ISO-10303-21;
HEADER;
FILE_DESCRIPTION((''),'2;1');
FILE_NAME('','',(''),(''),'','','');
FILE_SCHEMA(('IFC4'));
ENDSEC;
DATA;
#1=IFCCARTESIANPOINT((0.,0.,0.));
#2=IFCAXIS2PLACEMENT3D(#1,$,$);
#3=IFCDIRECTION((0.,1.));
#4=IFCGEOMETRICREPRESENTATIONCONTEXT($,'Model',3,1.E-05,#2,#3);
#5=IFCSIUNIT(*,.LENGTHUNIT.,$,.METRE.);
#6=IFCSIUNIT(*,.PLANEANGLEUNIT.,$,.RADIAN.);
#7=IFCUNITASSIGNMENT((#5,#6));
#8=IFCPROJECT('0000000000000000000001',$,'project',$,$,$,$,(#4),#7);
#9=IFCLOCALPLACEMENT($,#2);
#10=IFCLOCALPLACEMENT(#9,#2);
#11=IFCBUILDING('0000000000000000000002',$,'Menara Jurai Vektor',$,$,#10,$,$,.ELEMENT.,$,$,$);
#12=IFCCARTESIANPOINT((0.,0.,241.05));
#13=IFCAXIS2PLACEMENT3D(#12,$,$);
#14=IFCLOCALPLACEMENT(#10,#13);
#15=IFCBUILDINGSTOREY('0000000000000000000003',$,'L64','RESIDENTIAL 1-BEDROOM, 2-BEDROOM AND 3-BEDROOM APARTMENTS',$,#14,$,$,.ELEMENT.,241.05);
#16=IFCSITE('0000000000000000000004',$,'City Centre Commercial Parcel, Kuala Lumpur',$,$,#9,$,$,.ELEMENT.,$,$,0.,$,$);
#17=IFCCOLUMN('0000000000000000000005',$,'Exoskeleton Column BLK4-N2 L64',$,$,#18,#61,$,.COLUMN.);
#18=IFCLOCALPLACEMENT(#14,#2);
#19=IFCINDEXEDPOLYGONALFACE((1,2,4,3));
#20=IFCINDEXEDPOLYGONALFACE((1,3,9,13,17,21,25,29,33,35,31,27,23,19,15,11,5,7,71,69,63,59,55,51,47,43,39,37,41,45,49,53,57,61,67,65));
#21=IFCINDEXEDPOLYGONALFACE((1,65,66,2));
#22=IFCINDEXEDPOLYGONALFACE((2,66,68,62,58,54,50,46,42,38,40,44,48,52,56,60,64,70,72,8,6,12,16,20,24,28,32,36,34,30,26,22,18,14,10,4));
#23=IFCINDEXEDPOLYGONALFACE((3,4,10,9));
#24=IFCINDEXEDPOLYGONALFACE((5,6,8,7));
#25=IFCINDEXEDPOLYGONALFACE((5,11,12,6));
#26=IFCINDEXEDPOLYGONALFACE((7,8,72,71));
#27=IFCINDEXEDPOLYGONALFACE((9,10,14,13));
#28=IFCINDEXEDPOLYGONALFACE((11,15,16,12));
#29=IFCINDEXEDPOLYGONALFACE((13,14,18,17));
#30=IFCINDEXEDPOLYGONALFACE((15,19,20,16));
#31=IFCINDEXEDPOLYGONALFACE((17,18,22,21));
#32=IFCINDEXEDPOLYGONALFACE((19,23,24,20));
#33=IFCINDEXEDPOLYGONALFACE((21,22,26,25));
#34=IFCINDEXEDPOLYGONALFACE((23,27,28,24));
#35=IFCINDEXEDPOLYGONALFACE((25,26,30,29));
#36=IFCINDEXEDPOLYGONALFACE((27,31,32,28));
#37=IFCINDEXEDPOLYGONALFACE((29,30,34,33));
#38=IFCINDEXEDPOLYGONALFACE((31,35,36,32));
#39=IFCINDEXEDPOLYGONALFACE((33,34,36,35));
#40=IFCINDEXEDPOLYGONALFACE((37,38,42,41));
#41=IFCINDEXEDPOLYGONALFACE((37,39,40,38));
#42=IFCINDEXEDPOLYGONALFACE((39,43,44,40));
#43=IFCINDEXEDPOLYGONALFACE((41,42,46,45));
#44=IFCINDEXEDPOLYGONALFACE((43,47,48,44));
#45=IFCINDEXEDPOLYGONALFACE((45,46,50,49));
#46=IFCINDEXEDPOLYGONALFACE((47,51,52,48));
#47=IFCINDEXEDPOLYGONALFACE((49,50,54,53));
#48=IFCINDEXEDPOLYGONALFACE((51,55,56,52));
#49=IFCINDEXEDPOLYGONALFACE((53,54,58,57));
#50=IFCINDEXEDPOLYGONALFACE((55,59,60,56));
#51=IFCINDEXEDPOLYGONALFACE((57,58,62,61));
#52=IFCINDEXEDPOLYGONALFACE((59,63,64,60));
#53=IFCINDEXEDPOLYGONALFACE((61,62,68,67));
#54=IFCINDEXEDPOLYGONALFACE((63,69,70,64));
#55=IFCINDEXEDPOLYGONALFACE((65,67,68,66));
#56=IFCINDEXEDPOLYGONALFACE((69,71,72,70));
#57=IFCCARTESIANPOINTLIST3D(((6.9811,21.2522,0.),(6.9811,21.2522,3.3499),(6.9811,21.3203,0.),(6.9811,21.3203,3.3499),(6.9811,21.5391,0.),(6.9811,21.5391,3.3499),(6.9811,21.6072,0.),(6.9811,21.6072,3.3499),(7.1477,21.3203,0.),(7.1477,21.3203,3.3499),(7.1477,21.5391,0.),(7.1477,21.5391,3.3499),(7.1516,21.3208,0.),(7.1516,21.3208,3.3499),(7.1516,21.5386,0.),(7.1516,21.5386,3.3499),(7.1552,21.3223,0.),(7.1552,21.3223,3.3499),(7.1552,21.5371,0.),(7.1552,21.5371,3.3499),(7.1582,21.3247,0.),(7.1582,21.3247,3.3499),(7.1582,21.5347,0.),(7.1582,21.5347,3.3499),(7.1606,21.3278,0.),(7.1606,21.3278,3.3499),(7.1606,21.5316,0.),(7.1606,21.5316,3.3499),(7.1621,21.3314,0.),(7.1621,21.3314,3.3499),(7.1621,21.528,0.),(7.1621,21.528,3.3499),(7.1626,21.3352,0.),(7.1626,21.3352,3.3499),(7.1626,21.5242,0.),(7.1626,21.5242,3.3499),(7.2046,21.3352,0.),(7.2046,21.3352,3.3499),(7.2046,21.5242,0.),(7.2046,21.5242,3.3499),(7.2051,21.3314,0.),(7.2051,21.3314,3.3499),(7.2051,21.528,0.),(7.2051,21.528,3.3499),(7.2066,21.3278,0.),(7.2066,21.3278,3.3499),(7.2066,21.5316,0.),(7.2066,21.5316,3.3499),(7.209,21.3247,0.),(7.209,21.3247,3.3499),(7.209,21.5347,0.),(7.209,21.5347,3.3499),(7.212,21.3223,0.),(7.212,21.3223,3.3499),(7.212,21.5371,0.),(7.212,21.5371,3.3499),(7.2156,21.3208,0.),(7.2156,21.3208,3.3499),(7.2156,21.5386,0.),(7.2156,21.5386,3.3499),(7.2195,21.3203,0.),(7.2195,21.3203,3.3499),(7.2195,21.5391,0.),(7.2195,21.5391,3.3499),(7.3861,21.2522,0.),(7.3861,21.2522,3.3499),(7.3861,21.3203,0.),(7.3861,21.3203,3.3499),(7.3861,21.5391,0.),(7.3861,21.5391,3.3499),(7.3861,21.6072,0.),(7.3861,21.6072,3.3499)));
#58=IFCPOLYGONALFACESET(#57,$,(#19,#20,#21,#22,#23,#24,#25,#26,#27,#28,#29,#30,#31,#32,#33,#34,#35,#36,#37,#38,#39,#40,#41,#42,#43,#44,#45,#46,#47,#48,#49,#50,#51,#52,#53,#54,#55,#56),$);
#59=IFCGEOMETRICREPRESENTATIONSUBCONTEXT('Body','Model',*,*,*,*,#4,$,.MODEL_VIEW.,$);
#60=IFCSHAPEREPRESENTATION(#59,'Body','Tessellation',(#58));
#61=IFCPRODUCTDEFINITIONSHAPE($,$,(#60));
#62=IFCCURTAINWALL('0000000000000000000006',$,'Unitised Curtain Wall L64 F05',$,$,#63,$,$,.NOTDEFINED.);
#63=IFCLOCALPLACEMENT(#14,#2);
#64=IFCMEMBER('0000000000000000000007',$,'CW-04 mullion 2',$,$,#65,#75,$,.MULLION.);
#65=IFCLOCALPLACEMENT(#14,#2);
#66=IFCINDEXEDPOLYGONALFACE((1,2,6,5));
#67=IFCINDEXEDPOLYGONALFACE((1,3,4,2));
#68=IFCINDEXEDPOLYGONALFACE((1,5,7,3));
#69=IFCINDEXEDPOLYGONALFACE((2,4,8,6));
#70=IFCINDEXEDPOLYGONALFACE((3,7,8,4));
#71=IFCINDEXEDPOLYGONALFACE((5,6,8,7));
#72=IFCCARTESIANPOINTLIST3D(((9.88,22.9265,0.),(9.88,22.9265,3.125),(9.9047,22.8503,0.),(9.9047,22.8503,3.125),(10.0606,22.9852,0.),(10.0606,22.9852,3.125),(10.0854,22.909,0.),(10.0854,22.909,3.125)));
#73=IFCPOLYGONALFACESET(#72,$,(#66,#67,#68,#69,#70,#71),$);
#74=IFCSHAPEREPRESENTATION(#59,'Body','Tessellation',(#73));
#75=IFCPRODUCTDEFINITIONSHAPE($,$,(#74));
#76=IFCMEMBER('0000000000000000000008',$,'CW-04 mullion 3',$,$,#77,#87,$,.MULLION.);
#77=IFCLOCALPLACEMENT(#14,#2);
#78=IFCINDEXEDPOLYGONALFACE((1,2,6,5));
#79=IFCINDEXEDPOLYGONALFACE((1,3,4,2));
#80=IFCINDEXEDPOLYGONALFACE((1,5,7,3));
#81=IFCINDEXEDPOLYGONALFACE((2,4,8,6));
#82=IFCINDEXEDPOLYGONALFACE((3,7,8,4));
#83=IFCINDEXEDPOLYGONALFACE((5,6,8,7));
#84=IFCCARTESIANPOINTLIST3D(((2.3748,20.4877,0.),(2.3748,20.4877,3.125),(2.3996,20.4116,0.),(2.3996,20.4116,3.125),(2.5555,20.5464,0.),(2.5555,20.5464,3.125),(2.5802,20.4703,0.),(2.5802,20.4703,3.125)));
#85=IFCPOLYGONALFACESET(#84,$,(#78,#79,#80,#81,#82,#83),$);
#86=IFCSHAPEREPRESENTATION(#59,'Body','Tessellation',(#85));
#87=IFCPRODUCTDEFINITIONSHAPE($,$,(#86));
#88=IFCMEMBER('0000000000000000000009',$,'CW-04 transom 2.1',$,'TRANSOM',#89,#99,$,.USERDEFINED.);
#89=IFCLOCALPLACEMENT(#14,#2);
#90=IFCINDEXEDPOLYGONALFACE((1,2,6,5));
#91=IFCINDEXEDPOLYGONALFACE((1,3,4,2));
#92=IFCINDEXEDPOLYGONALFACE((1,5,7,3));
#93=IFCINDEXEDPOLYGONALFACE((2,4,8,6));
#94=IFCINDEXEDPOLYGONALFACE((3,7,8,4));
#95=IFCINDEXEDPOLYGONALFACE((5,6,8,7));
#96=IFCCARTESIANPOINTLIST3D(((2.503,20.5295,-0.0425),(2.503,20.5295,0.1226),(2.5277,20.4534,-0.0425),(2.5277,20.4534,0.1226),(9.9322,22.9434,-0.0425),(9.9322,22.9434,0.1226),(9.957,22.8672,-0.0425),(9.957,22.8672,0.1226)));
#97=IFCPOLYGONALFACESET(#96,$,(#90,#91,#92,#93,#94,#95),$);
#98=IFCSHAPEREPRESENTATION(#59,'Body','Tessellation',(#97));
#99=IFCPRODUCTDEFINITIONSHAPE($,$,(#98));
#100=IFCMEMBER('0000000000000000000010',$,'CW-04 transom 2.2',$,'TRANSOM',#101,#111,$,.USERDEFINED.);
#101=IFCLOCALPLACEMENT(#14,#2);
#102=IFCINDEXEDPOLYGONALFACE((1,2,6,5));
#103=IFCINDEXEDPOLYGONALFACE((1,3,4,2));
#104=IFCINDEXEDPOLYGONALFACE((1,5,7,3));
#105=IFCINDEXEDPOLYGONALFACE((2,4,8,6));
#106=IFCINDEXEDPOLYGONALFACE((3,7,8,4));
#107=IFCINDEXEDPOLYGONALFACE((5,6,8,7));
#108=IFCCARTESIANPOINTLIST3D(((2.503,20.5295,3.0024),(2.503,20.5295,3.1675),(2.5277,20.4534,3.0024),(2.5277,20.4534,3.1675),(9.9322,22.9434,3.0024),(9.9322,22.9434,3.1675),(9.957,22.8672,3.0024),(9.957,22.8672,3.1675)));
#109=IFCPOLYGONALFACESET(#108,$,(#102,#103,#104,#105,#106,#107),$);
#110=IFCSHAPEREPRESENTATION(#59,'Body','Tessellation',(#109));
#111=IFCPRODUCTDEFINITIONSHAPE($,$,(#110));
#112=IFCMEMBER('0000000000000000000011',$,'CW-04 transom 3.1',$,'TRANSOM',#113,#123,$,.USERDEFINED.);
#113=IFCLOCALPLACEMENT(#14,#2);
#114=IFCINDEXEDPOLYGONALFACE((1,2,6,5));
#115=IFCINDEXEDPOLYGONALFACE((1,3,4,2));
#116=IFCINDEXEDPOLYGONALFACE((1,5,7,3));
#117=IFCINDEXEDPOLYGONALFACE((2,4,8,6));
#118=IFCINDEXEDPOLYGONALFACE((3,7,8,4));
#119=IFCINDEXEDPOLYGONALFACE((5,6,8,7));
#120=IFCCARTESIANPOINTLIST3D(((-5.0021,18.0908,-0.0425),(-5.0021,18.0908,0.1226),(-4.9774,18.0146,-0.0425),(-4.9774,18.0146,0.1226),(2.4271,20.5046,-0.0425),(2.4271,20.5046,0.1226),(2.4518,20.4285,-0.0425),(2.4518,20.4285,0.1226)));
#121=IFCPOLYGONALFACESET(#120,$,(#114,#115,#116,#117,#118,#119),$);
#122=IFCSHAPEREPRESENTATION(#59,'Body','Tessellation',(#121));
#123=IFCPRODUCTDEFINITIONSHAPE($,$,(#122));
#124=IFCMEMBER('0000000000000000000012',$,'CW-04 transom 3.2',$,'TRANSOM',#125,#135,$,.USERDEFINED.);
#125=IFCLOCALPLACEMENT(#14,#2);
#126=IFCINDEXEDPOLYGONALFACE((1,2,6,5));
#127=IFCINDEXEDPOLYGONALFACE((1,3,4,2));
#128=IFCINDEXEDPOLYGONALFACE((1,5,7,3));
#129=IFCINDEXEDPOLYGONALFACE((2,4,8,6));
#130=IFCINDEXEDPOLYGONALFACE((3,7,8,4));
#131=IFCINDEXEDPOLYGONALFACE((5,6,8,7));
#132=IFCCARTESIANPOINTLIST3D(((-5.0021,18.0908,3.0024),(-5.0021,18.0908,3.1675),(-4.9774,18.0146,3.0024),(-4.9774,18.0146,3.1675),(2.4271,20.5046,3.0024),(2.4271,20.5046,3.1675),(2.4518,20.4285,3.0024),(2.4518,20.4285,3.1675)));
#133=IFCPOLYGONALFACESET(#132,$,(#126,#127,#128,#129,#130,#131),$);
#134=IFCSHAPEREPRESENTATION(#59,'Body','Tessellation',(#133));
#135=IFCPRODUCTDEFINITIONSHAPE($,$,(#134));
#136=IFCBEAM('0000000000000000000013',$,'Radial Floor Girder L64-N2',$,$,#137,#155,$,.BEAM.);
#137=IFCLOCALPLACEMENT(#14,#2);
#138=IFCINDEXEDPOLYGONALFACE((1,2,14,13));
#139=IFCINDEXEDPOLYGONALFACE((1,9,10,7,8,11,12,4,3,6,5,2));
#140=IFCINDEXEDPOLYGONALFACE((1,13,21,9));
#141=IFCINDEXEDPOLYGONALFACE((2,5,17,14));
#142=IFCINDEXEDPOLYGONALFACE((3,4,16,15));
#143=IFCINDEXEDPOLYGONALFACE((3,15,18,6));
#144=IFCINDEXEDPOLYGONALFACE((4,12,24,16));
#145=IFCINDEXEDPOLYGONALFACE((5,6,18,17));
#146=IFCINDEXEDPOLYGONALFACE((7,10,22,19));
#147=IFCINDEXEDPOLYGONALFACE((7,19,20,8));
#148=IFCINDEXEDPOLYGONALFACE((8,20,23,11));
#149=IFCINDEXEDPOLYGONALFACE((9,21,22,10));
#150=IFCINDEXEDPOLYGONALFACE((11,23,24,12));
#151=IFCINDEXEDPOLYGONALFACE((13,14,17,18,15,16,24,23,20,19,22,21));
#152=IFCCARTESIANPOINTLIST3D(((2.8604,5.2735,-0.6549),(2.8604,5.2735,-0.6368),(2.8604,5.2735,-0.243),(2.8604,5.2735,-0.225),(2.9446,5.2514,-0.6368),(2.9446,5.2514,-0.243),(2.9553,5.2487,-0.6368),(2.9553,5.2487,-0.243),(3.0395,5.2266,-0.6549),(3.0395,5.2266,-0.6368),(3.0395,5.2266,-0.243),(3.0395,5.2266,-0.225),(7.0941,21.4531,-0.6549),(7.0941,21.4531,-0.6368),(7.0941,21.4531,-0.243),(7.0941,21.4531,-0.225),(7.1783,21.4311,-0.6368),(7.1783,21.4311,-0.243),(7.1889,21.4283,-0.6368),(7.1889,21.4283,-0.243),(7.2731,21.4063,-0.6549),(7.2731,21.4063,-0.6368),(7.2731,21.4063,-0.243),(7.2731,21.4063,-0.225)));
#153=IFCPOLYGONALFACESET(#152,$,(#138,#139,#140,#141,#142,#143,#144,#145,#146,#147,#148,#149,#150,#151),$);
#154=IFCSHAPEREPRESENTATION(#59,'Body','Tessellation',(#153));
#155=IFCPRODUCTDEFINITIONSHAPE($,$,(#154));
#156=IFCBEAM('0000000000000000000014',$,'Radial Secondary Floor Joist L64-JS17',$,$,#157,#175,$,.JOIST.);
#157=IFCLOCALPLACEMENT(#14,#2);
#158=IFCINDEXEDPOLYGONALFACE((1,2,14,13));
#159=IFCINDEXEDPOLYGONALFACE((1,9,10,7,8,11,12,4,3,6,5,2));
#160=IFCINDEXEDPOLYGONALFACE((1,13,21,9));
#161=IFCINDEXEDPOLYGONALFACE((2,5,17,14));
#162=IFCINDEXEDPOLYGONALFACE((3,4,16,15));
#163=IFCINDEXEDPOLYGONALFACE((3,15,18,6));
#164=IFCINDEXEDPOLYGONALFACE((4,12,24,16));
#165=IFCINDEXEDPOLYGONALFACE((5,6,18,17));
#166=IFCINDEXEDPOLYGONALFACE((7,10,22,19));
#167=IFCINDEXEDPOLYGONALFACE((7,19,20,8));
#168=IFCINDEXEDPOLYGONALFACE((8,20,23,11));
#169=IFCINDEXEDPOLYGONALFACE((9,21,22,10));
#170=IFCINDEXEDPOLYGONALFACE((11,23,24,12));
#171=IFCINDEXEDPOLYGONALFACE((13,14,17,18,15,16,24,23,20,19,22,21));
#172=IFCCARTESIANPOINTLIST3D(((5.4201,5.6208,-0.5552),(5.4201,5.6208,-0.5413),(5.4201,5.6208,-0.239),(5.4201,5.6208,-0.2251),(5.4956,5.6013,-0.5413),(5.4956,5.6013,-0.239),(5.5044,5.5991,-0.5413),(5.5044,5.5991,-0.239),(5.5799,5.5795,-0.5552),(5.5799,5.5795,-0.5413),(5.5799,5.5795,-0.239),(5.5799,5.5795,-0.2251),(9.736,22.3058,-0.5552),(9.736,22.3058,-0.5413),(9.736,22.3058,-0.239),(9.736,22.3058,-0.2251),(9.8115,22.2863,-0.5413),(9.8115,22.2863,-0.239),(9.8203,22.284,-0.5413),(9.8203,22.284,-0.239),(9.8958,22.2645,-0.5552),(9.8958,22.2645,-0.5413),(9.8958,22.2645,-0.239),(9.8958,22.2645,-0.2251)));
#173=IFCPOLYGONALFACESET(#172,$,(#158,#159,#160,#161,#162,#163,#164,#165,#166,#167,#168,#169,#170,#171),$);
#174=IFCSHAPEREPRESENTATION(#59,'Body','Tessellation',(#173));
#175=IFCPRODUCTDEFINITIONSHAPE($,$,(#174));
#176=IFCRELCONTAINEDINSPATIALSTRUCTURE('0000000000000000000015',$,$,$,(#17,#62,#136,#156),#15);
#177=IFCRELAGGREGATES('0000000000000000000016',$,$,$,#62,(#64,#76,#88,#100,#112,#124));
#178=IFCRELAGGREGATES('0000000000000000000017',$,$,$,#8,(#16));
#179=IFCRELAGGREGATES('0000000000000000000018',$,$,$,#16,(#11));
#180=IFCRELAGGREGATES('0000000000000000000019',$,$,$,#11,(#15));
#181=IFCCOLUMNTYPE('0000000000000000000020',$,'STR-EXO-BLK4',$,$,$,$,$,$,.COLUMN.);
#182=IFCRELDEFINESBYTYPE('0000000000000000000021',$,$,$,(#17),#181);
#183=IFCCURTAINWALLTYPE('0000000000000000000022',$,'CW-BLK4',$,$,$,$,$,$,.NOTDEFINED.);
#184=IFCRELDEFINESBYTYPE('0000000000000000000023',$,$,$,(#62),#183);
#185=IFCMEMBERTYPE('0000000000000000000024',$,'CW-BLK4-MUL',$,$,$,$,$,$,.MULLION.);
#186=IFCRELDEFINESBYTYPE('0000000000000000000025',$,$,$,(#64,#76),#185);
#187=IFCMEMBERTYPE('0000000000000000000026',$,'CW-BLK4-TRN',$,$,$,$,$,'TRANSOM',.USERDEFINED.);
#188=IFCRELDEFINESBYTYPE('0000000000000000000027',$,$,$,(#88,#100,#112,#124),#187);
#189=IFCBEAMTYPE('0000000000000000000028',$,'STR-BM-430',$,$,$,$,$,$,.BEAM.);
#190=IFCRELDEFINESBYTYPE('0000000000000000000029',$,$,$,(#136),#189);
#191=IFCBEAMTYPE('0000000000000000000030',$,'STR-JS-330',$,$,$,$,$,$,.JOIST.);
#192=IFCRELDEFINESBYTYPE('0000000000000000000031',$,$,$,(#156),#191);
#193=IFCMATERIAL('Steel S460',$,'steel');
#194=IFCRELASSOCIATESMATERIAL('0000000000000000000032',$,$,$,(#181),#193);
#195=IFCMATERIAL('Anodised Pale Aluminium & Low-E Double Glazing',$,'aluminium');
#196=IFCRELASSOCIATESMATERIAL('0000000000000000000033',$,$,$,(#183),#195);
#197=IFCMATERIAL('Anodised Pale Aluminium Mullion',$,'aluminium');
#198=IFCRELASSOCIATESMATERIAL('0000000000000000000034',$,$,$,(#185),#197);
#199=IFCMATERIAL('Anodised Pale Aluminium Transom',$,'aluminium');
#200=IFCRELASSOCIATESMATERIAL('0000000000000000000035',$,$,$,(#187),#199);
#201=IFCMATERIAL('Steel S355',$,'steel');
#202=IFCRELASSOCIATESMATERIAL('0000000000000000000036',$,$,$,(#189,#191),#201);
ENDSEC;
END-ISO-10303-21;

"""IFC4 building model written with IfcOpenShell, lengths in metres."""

from ifc_helpers import new_model, si_unit, direction, frame, origin, origin_2d, place, context, subcontext, project, spatial, rectangle, i_section, extrude, material, material_profile, profile_set, type_object, element, aggregate, save


model = new_model("IFC4")

# Units and contexts
model_context = context("Model", 3, precision=1e-05, world=origin(), true_north=direction((0.0, 1.0)))
body_context = subcontext(model_context, "Body", "Model", "MODEL_VIEW")
ifc_project = project(units=[si_unit("LENGTHUNIT", "METRE"), si_unit("PLANEANGLEUNIT", "RADIAN")], contexts=[model_context])

# Site, building, storey
site_placement = place(None, origin())
site = spatial("IfcSite", under=ifc_project, at=site_placement, Name="City Centre Commercial Parcel, Kuala Lumpur", CompositionType="ELEMENT", RefElevation=0.0)
building_placement = place(site_placement, origin())
building = spatial("IfcBuilding", under=site, at=building_placement, Name="Menara Jurai Vektor", CompositionType="ELEMENT")
storey_placement = place(building_placement, frame((0.0, 0.0, 241.05)))
storey = spatial("IfcBuildingStorey", under=building, at=storey_placement, Name="L64", Description="RESIDENTIAL 1-BEDROOM, 2-BEDROOM AND 3-BEDROOM APARTMENTS", CompositionType="ELEMENT", Elevation=241.05)

# Column
ifc_material_1 = material(Name="Steel S460", Category="steel")
ifc_material_profile_1 = material_profile(ifc_material_1, i_section(OverallWidth=0.405, OverallDepth=0.355, WebThickness=0.042, FlangeThickness=0.0681, FilletRadius=0.0149, at=origin_2d()), Name="HD 400x551")
ifc_profile_set_1 = profile_set([ifc_material_profile_1], Name="Steel S460")
column_type = type_object("IfcColumnType", Name="STR-EXO-BLK4", PredefinedType="COLUMN", material=ifc_profile_set_1)
column_placement = place(storey_placement, frame((7.1836, 21.4297, 0.0), z_axis=(0.0, 0.0, 1.0), x_axis=(1.0, 0.0, 0.0)))
element("IfcColumn", 1, at=column_placement, inside=storey, type_object=column_type, Name="Exoskeleton Column BLK4-N2 L64", PredefinedType="COLUMN", context=body_context, shape_type="SweptSolid", body=[
    extrude(i_section(OverallWidth=0.405, OverallDepth=0.355, WebThickness=0.042, FlangeThickness=0.0681, FilletRadius=0.0149, at=origin_2d()), origin(), (0.0, 0.0, 1.0), 3.3499),
])

# Curtain wall, members
ifc_material_2 = material(Name="Anodised Pale Aluminium & Low-E Double Glazing", Category="aluminium")
curtain_wall_type = type_object("IfcCurtainWallType", Name="CW-BLK4", PredefinedType="NOTDEFINED", material=ifc_material_2)
curtain_wall_placement = place(storey_placement, origin())
curtain_wall = element("IfcCurtainWall", 2, at=curtain_wall_placement, inside=storey, type_object=curtain_wall_type, Name="Unitised Curtain Wall L64 F05", PredefinedType="NOTDEFINED")
ifc_material_3 = material(Name="Anodised Pale Aluminium Mullion", Category="aluminium")
ifc_material_profile_2 = material_profile(ifc_material_3, rectangle(XDim=0.0801, YDim=0.1899, at=origin_2d()), Name="ALU MUL 80x190")
ifc_profile_set_2 = profile_set([ifc_material_profile_2], Name="Anodised Pale Aluminium Mullion")
member_type_1 = type_object("IfcMemberType", Name="CW-BLK4-MUL", PredefinedType="MULLION", material=ifc_profile_set_2)
member_1_placement = place(storey_placement, frame((9.9827, 22.9177, 0.0), z_axis=(0.0, 0.0, 1.0), x_axis=(0.309017, -0.951056, 0.0)))
member_1 = element("IfcMember", 3, at=member_1_placement, type_object=member_type_1, Name="CW-04 mullion 2", PredefinedType="MULLION", context=body_context, shape_type="SweptSolid", body=[
    extrude(rectangle(XDim=0.0801, YDim=0.1899, at=origin_2d()), origin(), (0.0, 0.0, 1.0), 3.125),
])
member_2_placement = place(storey_placement, frame((2.4775, 20.479, 0.0), z_axis=(0.0, 0.0, 1.0), x_axis=(0.309017, -0.951056, 0.0)))
member_2 = element("IfcMember", 4, at=member_2_placement, type_object=member_type_1, Name="CW-04 mullion 3", PredefinedType="MULLION", context=body_context, shape_type="SweptSolid", body=[
    extrude(rectangle(XDim=0.0801, YDim=0.1899, at=origin_2d()), origin(), (0.0, 0.0, 1.0), 3.125),
])
ifc_material_4 = material(Name="Anodised Pale Aluminium Transom", Category="aluminium")
ifc_material_profile_3 = material_profile(ifc_material_4, rectangle(XDim=0.0801, YDim=0.165, at=origin_2d()), Name="ALU TRN 80x165")
ifc_profile_set_3 = profile_set([ifc_material_profile_3], Name="Anodised Pale Aluminium Transom")
member_type_2 = type_object("IfcMemberType", Name="CW-BLK4-TRN", ElementType="TRANSOM", PredefinedType="USERDEFINED", material=ifc_profile_set_3)
member_3_placement = place(storey_placement, frame((9.9446, 22.9053, 0.04), z_axis=(-0.951059, -0.309008, 0.0), x_axis=(0.309008, -0.951059, 0.0)))
member_3 = element("IfcMember", 5, at=member_3_placement, type_object=member_type_2, Name="CW-04 transom 2.1", ObjectType="TRANSOM", PredefinedType="USERDEFINED", context=body_context, shape_type="SweptSolid", body=[
    extrude(rectangle(XDim=0.0801, YDim=0.165, at=origin_2d()), origin(), (0.0, 0.0, 1.0), 7.8115),
])
member_4_placement = place(storey_placement, frame((9.9446, 22.9053, 3.085), z_axis=(-0.951059, -0.309008, 0.0), x_axis=(0.309008, -0.951059, 0.0)))
member_4 = element("IfcMember", 6, at=member_4_placement, type_object=member_type_2, Name="CW-04 transom 2.2", ObjectType="TRANSOM", PredefinedType="USERDEFINED", context=body_context, shape_type="SweptSolid", body=[
    extrude(rectangle(XDim=0.0801, YDim=0.165, at=origin_2d()), origin(), (0.0, 0.0, 1.0), 7.8115),
])
member_5_placement = place(storey_placement, frame((2.4395, 20.4666, 0.04), z_axis=(-0.951059, -0.309008, 0.0), x_axis=(0.309008, -0.951059, 0.0)))
member_5 = element("IfcMember", 7, at=member_5_placement, type_object=member_type_2, Name="CW-04 transom 3.1", ObjectType="TRANSOM", PredefinedType="USERDEFINED", context=body_context, shape_type="SweptSolid", body=[
    extrude(rectangle(XDim=0.0801, YDim=0.165, at=origin_2d()), origin(), (0.0, 0.0, 1.0), 7.8115),
])
member_6_placement = place(storey_placement, frame((2.4395, 20.4666, 3.085), z_axis=(-0.951059, -0.309008, 0.0), x_axis=(0.309008, -0.951059, 0.0)))
member_6 = element("IfcMember", 8, at=member_6_placement, type_object=member_type_2, Name="CW-04 transom 3.2", ObjectType="TRANSOM", PredefinedType="USERDEFINED", context=body_context, shape_type="SweptSolid", body=[
    extrude(rectangle(XDim=0.0801, YDim=0.165, at=origin_2d()), origin(), (0.0, 0.0, 1.0), 7.8115),
])

# Beams
ifc_material_5 = material(Name="Steel S355", Category="steel")
ifc_material_profile_4 = material_profile(ifc_material_5, i_section(OverallWidth=0.1851, OverallDepth=0.4299, WebThickness=0.011, FlangeThickness=0.0181, at=origin_2d()), Name="PG 430x185x76")
ifc_profile_set_4 = profile_set([ifc_material_profile_4], Name="Steel S355")
beam_type_1 = type_object("IfcBeamType", Name="STR-BM-430", PredefinedType="BEAM", material=ifc_profile_set_4)
beam_1_placement = place(storey_placement, frame((7.1836, 21.4297, -0.4399), z_axis=(-0.253141, -0.967429, 0.0), x_axis=(0.967429, -0.253141, 0.0)))
element("IfcBeam", 9, at=beam_1_placement, inside=storey, type_object=beam_type_1, Name="Radial Floor Girder L64-N2", PredefinedType="BEAM", context=body_context, shape_type="SweptSolid", body=[
    extrude(i_section(OverallWidth=0.1851, OverallDepth=0.4299, WebThickness=0.011, FlangeThickness=0.0181, at=origin_2d()), origin(), (0.0, 0.0, 1.0), 16.7244),
])
ifc_material_profile_5 = material_profile(ifc_material_5, i_section(OverallWidth=0.165, OverallDepth=0.3301, WebThickness=0.009, FlangeThickness=0.0139, at=origin_2d()), Name="PG 330x165x46")
ifc_profile_set_5 = profile_set([ifc_material_profile_5], Name="Steel S355")
beam_type_2 = type_object("IfcBeamType", Name="STR-JS-330", PredefinedType="JOIST", material=ifc_profile_set_5)
beam_2_placement = place(storey_placement, frame((9.8159, 22.2852, -0.3901), z_axis=(-0.250427, -0.968135, 0.0), x_axis=(0.968135, -0.250427, 0.0)))
element("IfcBeam", 10, at=beam_2_placement, inside=storey, type_object=beam_type_2, Name="Radial Secondary Floor Joist L64-JS17", PredefinedType="JOIST", context=body_context, shape_type="SweptSolid", body=[
    extrude(i_section(OverallWidth=0.165, OverallDepth=0.3301, WebThickness=0.009, FlangeThickness=0.0139, at=origin_2d()), origin(), (0.0, 0.0, 1.0), 17.2341),
])

aggregate(curtain_wall, [member_1, member_2, member_3, member_4, member_5, member_6])

save(model, "model.ifc")
